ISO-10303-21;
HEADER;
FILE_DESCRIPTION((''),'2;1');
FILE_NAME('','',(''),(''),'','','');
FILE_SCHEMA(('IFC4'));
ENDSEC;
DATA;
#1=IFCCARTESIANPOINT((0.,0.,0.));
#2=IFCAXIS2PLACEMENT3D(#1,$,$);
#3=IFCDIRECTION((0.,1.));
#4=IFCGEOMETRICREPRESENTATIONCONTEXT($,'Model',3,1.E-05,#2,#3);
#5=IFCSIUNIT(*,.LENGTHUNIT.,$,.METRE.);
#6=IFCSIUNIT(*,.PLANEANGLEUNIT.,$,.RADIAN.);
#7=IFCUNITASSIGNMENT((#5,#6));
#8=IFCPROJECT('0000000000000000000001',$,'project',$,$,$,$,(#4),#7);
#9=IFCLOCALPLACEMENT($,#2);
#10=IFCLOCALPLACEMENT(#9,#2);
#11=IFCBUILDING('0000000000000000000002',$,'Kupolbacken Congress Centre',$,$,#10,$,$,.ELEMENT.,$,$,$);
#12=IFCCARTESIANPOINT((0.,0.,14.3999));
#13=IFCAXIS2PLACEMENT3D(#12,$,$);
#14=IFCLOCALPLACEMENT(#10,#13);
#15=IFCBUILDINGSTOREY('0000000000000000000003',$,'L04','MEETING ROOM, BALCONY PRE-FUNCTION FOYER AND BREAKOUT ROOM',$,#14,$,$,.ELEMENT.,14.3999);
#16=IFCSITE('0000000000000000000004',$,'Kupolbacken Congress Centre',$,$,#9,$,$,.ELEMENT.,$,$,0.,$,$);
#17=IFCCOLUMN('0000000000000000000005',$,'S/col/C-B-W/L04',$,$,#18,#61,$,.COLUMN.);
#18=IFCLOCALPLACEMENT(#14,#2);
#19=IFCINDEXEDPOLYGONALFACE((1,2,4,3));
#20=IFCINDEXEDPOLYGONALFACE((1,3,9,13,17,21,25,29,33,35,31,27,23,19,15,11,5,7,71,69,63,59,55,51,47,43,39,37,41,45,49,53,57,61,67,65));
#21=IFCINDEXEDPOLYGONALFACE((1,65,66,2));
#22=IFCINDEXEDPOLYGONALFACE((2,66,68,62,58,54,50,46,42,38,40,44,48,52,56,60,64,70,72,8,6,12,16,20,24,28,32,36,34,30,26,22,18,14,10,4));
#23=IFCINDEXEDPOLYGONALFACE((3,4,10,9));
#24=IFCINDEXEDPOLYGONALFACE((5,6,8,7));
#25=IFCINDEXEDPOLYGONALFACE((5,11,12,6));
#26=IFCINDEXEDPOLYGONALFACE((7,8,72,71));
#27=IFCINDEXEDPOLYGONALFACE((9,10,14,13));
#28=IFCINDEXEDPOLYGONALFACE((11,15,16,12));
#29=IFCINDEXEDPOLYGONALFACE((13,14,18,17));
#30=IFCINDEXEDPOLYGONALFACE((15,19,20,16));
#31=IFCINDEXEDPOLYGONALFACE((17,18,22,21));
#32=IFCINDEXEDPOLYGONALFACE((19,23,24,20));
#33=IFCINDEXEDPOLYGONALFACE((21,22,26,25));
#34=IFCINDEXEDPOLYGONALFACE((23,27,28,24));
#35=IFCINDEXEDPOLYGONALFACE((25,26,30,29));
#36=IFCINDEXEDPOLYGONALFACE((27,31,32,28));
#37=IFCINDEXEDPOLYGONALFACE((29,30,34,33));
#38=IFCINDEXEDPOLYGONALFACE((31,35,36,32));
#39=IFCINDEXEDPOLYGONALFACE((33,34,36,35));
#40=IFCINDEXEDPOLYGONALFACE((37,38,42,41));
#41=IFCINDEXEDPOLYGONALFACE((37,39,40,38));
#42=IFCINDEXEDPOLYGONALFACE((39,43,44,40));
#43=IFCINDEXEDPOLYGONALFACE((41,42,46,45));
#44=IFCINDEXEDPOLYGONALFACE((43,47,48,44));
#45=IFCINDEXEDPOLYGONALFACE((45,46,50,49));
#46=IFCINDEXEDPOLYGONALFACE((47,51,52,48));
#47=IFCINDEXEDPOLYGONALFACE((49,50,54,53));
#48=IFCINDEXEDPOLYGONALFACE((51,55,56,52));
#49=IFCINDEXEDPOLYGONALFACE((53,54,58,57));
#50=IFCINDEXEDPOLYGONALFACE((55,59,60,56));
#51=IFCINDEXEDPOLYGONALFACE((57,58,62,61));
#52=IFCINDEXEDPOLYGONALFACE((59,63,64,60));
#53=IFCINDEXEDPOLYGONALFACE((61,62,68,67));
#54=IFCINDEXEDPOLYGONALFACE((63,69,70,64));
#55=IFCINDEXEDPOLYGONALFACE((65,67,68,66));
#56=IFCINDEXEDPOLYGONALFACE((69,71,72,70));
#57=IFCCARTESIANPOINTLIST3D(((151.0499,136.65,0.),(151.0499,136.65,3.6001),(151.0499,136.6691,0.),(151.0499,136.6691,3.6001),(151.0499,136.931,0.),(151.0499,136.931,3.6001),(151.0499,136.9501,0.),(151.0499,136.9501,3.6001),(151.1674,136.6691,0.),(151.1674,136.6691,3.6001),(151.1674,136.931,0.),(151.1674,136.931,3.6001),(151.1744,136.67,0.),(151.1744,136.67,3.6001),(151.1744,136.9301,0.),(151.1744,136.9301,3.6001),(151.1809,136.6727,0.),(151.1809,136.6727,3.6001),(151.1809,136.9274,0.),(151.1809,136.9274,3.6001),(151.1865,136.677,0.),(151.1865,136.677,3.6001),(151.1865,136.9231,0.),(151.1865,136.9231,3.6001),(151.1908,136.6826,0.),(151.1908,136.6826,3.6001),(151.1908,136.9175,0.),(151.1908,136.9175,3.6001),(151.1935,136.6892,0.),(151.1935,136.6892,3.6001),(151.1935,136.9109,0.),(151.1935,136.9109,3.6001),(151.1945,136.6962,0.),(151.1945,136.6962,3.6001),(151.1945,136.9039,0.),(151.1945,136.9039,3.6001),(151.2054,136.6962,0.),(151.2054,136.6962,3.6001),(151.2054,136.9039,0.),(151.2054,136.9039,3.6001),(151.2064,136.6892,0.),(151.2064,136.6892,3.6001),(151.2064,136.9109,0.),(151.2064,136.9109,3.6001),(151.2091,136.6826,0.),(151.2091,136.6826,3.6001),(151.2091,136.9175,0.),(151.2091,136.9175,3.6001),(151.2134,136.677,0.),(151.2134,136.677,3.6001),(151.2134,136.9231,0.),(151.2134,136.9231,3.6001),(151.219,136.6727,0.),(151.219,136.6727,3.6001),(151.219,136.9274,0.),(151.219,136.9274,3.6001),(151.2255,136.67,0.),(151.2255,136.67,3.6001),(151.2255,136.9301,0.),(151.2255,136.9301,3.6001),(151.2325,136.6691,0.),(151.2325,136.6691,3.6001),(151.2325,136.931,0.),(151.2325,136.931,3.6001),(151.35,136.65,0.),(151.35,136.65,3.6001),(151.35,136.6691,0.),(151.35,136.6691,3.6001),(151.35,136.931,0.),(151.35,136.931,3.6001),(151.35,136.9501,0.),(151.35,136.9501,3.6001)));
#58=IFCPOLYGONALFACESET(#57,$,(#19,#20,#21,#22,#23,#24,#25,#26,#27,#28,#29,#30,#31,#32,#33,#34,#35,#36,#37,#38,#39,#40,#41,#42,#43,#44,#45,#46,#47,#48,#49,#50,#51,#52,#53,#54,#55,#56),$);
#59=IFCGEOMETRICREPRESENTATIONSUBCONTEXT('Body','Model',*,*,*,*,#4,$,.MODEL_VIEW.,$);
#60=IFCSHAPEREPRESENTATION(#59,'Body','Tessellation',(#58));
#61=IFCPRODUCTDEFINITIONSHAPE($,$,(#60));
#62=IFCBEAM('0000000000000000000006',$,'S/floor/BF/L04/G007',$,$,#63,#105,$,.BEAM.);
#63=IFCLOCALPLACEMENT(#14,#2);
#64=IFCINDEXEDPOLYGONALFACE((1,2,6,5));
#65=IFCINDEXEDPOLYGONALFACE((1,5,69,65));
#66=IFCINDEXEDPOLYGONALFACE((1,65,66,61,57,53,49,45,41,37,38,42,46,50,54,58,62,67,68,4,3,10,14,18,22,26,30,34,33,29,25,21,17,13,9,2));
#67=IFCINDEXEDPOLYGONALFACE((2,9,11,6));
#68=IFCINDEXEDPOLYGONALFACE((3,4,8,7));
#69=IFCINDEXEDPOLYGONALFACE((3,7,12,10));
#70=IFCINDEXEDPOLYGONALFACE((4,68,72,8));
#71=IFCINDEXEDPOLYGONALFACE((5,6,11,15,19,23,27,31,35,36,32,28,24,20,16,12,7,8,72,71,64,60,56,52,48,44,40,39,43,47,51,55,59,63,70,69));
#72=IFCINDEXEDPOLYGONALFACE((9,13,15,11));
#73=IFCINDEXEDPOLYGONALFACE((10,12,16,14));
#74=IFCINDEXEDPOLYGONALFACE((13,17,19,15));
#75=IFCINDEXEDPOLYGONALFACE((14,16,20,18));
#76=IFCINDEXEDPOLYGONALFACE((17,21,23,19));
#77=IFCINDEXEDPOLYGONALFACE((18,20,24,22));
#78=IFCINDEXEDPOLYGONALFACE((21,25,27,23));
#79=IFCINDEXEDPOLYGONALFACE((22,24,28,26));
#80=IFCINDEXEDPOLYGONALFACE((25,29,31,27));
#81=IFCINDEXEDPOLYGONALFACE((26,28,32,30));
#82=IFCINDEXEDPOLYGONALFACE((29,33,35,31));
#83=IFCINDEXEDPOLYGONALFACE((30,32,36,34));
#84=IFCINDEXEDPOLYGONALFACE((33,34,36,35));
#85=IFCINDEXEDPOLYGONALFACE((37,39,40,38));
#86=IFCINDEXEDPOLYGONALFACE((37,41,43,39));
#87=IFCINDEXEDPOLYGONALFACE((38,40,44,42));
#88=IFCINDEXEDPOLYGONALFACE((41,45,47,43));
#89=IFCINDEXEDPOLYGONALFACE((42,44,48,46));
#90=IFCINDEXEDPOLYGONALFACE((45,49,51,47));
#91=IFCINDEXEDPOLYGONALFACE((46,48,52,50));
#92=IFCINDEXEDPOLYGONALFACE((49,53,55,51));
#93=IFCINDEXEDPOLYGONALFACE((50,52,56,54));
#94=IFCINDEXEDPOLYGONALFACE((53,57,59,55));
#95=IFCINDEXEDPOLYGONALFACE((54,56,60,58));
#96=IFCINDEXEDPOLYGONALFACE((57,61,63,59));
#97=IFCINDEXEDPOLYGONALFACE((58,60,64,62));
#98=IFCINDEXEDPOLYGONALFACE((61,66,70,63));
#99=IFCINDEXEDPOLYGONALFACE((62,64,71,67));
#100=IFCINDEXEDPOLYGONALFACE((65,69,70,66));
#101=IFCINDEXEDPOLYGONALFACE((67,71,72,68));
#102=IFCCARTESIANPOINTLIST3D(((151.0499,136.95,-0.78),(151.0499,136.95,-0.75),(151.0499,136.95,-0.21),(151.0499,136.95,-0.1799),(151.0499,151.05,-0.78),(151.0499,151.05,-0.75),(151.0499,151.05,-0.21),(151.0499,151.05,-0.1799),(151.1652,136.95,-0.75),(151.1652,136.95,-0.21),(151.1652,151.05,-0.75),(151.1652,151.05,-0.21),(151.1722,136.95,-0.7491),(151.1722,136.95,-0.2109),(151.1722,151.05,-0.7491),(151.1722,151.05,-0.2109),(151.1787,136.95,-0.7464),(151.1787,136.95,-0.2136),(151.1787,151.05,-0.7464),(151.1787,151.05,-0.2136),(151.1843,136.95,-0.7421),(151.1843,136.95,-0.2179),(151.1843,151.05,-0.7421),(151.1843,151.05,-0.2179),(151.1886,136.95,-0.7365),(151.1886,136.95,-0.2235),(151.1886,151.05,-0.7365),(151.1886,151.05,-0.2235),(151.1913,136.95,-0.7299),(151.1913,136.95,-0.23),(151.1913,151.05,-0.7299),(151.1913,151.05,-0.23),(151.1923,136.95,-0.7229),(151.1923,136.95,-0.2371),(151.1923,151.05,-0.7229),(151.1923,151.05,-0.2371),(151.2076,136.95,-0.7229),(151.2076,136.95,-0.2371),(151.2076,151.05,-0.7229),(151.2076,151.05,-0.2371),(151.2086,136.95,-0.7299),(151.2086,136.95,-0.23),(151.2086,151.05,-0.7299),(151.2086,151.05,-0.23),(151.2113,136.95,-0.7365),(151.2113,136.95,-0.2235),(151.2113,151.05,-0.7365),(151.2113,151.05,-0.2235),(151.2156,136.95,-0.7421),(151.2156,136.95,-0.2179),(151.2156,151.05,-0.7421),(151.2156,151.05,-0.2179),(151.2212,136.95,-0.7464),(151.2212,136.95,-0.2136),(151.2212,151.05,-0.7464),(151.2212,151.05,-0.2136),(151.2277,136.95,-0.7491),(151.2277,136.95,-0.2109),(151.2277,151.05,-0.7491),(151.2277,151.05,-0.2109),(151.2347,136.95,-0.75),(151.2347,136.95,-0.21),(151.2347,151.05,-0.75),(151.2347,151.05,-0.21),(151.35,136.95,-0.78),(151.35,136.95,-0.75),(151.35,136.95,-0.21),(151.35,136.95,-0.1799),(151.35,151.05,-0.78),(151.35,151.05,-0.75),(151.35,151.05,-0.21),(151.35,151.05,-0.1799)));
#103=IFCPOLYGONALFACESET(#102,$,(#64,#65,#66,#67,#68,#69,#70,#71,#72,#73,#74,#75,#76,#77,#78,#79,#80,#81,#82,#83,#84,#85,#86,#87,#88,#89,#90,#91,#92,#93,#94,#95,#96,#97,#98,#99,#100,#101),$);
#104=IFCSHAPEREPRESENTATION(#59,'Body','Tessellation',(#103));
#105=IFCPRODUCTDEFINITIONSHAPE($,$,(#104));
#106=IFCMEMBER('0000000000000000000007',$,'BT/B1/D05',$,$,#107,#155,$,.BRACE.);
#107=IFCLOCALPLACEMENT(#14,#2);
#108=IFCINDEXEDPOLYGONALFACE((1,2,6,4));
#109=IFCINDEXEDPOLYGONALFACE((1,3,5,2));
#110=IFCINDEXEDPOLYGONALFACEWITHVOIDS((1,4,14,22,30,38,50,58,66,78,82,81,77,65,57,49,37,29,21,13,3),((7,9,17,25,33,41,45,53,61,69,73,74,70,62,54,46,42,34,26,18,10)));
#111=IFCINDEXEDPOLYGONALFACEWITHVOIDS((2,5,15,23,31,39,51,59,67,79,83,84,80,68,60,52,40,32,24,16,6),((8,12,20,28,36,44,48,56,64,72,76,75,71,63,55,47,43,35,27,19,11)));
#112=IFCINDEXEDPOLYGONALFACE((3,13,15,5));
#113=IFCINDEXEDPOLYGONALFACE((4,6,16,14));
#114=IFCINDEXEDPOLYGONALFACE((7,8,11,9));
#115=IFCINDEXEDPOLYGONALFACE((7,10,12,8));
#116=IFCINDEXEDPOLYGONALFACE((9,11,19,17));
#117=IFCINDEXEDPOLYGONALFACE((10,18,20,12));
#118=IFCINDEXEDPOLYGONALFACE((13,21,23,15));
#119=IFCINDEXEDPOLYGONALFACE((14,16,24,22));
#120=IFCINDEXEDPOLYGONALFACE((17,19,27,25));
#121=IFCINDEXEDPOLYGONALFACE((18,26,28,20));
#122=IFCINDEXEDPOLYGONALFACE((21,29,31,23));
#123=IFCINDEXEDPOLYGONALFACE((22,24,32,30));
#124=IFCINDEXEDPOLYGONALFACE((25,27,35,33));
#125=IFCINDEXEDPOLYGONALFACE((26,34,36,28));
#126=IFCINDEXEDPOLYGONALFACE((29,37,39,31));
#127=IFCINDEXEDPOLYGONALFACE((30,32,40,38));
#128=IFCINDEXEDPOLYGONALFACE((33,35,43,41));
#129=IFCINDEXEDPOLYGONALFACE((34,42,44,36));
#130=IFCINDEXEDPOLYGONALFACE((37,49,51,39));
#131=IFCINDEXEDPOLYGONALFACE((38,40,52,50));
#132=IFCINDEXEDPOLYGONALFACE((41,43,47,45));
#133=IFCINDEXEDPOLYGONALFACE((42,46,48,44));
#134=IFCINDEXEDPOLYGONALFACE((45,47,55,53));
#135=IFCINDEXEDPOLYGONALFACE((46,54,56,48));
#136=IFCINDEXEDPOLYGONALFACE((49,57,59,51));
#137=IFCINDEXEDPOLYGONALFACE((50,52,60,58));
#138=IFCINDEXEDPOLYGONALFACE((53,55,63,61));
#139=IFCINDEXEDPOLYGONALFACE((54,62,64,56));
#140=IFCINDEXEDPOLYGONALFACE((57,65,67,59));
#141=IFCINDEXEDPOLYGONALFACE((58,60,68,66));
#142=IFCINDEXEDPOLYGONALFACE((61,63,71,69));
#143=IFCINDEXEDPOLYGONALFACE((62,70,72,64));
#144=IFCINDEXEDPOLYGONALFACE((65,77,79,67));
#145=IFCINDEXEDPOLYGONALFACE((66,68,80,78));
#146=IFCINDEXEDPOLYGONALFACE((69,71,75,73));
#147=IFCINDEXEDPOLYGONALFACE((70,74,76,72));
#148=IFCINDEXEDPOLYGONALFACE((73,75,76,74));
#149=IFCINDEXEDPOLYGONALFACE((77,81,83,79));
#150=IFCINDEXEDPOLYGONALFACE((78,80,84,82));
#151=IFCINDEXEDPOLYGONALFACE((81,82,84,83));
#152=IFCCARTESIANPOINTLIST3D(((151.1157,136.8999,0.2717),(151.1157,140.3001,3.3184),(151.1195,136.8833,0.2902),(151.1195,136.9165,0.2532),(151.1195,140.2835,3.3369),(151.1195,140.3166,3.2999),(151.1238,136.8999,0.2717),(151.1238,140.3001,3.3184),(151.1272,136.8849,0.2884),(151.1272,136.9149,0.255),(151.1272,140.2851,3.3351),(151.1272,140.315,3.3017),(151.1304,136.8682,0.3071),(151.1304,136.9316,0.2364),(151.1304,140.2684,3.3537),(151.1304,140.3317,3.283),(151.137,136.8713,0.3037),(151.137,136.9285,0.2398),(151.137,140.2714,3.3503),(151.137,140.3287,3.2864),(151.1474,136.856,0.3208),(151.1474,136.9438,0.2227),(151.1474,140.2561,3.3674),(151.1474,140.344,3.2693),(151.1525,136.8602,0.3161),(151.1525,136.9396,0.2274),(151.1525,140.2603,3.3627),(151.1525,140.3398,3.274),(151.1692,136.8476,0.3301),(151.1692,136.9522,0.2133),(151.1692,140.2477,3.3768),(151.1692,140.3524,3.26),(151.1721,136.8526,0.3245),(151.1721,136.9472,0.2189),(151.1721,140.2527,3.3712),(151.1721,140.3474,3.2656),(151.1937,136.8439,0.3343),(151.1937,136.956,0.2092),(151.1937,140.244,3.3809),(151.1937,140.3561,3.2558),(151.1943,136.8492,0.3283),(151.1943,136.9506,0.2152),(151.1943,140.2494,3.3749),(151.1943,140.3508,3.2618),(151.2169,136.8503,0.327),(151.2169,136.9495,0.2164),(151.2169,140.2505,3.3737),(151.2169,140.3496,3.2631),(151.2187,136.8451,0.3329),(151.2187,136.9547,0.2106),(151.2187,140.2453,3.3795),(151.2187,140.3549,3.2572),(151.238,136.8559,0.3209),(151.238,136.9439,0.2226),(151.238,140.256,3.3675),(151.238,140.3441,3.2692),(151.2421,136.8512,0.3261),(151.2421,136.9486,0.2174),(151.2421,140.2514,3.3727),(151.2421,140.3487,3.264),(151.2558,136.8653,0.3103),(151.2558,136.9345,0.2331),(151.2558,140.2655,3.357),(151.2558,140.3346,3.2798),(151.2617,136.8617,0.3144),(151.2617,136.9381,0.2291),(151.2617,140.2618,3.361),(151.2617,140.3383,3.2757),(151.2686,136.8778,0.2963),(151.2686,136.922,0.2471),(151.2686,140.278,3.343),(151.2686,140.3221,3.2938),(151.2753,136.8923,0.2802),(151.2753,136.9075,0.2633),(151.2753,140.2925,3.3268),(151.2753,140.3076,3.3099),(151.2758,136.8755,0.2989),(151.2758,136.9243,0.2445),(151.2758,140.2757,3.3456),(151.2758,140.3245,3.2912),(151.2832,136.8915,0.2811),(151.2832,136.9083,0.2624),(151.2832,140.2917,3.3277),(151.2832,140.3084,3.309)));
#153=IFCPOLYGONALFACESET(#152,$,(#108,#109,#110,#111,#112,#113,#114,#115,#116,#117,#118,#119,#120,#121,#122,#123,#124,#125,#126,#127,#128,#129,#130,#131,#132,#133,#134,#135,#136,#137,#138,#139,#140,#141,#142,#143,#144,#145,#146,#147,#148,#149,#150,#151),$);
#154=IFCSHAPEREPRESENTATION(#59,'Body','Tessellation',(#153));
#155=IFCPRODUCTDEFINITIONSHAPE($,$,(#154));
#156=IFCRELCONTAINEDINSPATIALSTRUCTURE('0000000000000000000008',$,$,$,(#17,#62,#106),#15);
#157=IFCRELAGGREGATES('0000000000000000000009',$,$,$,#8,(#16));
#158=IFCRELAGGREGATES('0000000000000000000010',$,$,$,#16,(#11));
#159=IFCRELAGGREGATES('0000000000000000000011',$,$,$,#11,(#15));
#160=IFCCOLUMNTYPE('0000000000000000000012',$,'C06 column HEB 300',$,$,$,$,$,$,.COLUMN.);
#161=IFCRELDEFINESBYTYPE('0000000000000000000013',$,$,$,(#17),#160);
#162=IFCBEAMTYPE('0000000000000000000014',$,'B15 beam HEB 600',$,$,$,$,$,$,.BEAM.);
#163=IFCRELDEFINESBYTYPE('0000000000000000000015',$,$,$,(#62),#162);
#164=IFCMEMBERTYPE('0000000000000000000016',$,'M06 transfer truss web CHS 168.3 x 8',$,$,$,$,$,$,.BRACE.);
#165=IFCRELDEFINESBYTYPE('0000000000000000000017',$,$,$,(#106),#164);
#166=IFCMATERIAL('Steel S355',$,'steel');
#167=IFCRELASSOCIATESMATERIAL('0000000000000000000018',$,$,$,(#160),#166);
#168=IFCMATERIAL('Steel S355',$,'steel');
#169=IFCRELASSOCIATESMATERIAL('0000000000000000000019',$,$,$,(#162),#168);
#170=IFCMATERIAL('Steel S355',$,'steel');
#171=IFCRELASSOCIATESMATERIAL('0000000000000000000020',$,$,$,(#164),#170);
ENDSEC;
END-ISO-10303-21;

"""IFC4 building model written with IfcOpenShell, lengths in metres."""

from ifc_helpers import new_model, si_unit, direction, frame, origin, origin_2d, place, context, subcontext, project, spatial, hollow_circle, i_section, extrude, material, material_profile, profile_set, type_object, element, save


model = new_model("IFC4")

# Units and contexts
model_context = context("Model", 3, precision=1e-05, world=origin(), true_north=direction((0.0, 1.0)))
body_context = subcontext(model_context, "Body", "Model", "MODEL_VIEW")
ifc_project = project(units=[si_unit("LENGTHUNIT", "METRE"), si_unit("PLANEANGLEUNIT", "RADIAN")], contexts=[model_context])

# Site, building, storey
site_placement = place(None, origin())
site = spatial("IfcSite", under=ifc_project, at=site_placement, Name="Kupolbacken Congress Centre", CompositionType="ELEMENT", RefElevation=0.0)
building_placement = place(site_placement, origin())
building = spatial("IfcBuilding", under=site, at=building_placement, Name="Kupolbacken Congress Centre", CompositionType="ELEMENT")
storey_placement = place(building_placement, frame((0.0, 0.0, 14.3999)))
storey = spatial("IfcBuildingStorey", under=building, at=storey_placement, Name="L04", Description="MEETING ROOM, BALCONY PRE-FUNCTION FOYER AND BREAKOUT ROOM", CompositionType="ELEMENT", Elevation=14.3999)

# Column
ifc_material_1 = material(Name="Steel S355", Category="steel")
ifc_material_profile_1 = material_profile(ifc_material_1, i_section(OverallWidth=0.3, OverallDepth=0.3, WebThickness=0.011, FlangeThickness=0.019, FilletRadius=0.0271, at=origin_2d()), Name="HEB 300")
ifc_profile_set_1 = profile_set([ifc_material_profile_1], Name="Steel S355")
column_type = type_object("IfcColumnType", Name="C06 column HEB 300", PredefinedType="COLUMN", material=ifc_profile_set_1)
column_placement = place(storey_placement, frame((151.2, 136.8, 0.0), z_axis=(0.0, 0.0, 1.0), x_axis=(1.0, 0.0, 0.0)))
element("IfcColumn", 1, at=column_placement, inside=storey, type_object=column_type, Name="S/col/C-B-W/L04", PredefinedType="COLUMN", context=body_context, shape_type="SweptSolid", body=[
    extrude(i_section(OverallWidth=0.3, OverallDepth=0.3, WebThickness=0.011, FlangeThickness=0.019, FilletRadius=0.0271, at=origin_2d()), origin(), (0.0, 0.0, 1.0), 3.6001),
])

# Beam
ifc_material_2 = material(Name="Steel S355", Category="steel")
ifc_material_profile_2 = material_profile(ifc_material_2, i_section(OverallWidth=0.3, OverallDepth=0.6001, WebThickness=0.0154, FlangeThickness=0.03, FilletRadius=0.0271, at=origin_2d()), Name="HEB 600")
ifc_profile_set_2 = profile_set([ifc_material_profile_2], Name="Steel S355")
beam_type = type_object("IfcBeamType", Name="B15 beam HEB 600", PredefinedType="BEAM", material=ifc_profile_set_2)
beam_placement = place(storey_placement, frame((151.2, 136.95, -0.48), z_axis=(0.0, 1.0, 0.0), x_axis=(-1.0, 0.0, 0.0)))
element("IfcBeam", 2, at=beam_placement, inside=storey, type_object=beam_type, Name="S/floor/BF/L04/G007", PredefinedType="BEAM", context=body_context, shape_type="SweptSolid", body=[
    extrude(i_section(OverallWidth=0.3, OverallDepth=0.6001, WebThickness=0.0154, FlangeThickness=0.03, FilletRadius=0.0271, at=origin_2d()), origin(), (0.0, 0.0, 1.0), 14.1001),
])

# Member
ifc_material_3 = material(Name="Steel S355", Category="steel")
ifc_material_profile_3 = material_profile(ifc_material_3, hollow_circle(Radius=0.0842, WallThickness=0.0081, at=origin_2d()), Name="CHS 168.3 x 8")
ifc_profile_set_3 = profile_set([ifc_material_profile_3], Name="Steel S355")
member_type_1 = type_object("IfcMemberType", Name="M06 transfer truss web CHS 168.3 x 8", PredefinedType="BRACE", material=ifc_profile_set_3)
member_1_placement = place(storey_placement, frame((151.2, 136.8999, 0.2717), z_axis=(0.0, 0.744763, 0.667329), x_axis=(-1.0, 0.0, 0.0)))
element("IfcMember", 3, at=member_1_placement, inside=storey, type_object=member_type_1, Name="BT/B1/D05", PredefinedType="BRACE", context=body_context, shape_type="SweptSolid", body=[
    extrude(hollow_circle(Radius=0.0842, WallThickness=0.0081, at=origin_2d()), origin(), (0.0, 0.0, 1.0), 4.5654),
])

save(model, "model.ifc")
